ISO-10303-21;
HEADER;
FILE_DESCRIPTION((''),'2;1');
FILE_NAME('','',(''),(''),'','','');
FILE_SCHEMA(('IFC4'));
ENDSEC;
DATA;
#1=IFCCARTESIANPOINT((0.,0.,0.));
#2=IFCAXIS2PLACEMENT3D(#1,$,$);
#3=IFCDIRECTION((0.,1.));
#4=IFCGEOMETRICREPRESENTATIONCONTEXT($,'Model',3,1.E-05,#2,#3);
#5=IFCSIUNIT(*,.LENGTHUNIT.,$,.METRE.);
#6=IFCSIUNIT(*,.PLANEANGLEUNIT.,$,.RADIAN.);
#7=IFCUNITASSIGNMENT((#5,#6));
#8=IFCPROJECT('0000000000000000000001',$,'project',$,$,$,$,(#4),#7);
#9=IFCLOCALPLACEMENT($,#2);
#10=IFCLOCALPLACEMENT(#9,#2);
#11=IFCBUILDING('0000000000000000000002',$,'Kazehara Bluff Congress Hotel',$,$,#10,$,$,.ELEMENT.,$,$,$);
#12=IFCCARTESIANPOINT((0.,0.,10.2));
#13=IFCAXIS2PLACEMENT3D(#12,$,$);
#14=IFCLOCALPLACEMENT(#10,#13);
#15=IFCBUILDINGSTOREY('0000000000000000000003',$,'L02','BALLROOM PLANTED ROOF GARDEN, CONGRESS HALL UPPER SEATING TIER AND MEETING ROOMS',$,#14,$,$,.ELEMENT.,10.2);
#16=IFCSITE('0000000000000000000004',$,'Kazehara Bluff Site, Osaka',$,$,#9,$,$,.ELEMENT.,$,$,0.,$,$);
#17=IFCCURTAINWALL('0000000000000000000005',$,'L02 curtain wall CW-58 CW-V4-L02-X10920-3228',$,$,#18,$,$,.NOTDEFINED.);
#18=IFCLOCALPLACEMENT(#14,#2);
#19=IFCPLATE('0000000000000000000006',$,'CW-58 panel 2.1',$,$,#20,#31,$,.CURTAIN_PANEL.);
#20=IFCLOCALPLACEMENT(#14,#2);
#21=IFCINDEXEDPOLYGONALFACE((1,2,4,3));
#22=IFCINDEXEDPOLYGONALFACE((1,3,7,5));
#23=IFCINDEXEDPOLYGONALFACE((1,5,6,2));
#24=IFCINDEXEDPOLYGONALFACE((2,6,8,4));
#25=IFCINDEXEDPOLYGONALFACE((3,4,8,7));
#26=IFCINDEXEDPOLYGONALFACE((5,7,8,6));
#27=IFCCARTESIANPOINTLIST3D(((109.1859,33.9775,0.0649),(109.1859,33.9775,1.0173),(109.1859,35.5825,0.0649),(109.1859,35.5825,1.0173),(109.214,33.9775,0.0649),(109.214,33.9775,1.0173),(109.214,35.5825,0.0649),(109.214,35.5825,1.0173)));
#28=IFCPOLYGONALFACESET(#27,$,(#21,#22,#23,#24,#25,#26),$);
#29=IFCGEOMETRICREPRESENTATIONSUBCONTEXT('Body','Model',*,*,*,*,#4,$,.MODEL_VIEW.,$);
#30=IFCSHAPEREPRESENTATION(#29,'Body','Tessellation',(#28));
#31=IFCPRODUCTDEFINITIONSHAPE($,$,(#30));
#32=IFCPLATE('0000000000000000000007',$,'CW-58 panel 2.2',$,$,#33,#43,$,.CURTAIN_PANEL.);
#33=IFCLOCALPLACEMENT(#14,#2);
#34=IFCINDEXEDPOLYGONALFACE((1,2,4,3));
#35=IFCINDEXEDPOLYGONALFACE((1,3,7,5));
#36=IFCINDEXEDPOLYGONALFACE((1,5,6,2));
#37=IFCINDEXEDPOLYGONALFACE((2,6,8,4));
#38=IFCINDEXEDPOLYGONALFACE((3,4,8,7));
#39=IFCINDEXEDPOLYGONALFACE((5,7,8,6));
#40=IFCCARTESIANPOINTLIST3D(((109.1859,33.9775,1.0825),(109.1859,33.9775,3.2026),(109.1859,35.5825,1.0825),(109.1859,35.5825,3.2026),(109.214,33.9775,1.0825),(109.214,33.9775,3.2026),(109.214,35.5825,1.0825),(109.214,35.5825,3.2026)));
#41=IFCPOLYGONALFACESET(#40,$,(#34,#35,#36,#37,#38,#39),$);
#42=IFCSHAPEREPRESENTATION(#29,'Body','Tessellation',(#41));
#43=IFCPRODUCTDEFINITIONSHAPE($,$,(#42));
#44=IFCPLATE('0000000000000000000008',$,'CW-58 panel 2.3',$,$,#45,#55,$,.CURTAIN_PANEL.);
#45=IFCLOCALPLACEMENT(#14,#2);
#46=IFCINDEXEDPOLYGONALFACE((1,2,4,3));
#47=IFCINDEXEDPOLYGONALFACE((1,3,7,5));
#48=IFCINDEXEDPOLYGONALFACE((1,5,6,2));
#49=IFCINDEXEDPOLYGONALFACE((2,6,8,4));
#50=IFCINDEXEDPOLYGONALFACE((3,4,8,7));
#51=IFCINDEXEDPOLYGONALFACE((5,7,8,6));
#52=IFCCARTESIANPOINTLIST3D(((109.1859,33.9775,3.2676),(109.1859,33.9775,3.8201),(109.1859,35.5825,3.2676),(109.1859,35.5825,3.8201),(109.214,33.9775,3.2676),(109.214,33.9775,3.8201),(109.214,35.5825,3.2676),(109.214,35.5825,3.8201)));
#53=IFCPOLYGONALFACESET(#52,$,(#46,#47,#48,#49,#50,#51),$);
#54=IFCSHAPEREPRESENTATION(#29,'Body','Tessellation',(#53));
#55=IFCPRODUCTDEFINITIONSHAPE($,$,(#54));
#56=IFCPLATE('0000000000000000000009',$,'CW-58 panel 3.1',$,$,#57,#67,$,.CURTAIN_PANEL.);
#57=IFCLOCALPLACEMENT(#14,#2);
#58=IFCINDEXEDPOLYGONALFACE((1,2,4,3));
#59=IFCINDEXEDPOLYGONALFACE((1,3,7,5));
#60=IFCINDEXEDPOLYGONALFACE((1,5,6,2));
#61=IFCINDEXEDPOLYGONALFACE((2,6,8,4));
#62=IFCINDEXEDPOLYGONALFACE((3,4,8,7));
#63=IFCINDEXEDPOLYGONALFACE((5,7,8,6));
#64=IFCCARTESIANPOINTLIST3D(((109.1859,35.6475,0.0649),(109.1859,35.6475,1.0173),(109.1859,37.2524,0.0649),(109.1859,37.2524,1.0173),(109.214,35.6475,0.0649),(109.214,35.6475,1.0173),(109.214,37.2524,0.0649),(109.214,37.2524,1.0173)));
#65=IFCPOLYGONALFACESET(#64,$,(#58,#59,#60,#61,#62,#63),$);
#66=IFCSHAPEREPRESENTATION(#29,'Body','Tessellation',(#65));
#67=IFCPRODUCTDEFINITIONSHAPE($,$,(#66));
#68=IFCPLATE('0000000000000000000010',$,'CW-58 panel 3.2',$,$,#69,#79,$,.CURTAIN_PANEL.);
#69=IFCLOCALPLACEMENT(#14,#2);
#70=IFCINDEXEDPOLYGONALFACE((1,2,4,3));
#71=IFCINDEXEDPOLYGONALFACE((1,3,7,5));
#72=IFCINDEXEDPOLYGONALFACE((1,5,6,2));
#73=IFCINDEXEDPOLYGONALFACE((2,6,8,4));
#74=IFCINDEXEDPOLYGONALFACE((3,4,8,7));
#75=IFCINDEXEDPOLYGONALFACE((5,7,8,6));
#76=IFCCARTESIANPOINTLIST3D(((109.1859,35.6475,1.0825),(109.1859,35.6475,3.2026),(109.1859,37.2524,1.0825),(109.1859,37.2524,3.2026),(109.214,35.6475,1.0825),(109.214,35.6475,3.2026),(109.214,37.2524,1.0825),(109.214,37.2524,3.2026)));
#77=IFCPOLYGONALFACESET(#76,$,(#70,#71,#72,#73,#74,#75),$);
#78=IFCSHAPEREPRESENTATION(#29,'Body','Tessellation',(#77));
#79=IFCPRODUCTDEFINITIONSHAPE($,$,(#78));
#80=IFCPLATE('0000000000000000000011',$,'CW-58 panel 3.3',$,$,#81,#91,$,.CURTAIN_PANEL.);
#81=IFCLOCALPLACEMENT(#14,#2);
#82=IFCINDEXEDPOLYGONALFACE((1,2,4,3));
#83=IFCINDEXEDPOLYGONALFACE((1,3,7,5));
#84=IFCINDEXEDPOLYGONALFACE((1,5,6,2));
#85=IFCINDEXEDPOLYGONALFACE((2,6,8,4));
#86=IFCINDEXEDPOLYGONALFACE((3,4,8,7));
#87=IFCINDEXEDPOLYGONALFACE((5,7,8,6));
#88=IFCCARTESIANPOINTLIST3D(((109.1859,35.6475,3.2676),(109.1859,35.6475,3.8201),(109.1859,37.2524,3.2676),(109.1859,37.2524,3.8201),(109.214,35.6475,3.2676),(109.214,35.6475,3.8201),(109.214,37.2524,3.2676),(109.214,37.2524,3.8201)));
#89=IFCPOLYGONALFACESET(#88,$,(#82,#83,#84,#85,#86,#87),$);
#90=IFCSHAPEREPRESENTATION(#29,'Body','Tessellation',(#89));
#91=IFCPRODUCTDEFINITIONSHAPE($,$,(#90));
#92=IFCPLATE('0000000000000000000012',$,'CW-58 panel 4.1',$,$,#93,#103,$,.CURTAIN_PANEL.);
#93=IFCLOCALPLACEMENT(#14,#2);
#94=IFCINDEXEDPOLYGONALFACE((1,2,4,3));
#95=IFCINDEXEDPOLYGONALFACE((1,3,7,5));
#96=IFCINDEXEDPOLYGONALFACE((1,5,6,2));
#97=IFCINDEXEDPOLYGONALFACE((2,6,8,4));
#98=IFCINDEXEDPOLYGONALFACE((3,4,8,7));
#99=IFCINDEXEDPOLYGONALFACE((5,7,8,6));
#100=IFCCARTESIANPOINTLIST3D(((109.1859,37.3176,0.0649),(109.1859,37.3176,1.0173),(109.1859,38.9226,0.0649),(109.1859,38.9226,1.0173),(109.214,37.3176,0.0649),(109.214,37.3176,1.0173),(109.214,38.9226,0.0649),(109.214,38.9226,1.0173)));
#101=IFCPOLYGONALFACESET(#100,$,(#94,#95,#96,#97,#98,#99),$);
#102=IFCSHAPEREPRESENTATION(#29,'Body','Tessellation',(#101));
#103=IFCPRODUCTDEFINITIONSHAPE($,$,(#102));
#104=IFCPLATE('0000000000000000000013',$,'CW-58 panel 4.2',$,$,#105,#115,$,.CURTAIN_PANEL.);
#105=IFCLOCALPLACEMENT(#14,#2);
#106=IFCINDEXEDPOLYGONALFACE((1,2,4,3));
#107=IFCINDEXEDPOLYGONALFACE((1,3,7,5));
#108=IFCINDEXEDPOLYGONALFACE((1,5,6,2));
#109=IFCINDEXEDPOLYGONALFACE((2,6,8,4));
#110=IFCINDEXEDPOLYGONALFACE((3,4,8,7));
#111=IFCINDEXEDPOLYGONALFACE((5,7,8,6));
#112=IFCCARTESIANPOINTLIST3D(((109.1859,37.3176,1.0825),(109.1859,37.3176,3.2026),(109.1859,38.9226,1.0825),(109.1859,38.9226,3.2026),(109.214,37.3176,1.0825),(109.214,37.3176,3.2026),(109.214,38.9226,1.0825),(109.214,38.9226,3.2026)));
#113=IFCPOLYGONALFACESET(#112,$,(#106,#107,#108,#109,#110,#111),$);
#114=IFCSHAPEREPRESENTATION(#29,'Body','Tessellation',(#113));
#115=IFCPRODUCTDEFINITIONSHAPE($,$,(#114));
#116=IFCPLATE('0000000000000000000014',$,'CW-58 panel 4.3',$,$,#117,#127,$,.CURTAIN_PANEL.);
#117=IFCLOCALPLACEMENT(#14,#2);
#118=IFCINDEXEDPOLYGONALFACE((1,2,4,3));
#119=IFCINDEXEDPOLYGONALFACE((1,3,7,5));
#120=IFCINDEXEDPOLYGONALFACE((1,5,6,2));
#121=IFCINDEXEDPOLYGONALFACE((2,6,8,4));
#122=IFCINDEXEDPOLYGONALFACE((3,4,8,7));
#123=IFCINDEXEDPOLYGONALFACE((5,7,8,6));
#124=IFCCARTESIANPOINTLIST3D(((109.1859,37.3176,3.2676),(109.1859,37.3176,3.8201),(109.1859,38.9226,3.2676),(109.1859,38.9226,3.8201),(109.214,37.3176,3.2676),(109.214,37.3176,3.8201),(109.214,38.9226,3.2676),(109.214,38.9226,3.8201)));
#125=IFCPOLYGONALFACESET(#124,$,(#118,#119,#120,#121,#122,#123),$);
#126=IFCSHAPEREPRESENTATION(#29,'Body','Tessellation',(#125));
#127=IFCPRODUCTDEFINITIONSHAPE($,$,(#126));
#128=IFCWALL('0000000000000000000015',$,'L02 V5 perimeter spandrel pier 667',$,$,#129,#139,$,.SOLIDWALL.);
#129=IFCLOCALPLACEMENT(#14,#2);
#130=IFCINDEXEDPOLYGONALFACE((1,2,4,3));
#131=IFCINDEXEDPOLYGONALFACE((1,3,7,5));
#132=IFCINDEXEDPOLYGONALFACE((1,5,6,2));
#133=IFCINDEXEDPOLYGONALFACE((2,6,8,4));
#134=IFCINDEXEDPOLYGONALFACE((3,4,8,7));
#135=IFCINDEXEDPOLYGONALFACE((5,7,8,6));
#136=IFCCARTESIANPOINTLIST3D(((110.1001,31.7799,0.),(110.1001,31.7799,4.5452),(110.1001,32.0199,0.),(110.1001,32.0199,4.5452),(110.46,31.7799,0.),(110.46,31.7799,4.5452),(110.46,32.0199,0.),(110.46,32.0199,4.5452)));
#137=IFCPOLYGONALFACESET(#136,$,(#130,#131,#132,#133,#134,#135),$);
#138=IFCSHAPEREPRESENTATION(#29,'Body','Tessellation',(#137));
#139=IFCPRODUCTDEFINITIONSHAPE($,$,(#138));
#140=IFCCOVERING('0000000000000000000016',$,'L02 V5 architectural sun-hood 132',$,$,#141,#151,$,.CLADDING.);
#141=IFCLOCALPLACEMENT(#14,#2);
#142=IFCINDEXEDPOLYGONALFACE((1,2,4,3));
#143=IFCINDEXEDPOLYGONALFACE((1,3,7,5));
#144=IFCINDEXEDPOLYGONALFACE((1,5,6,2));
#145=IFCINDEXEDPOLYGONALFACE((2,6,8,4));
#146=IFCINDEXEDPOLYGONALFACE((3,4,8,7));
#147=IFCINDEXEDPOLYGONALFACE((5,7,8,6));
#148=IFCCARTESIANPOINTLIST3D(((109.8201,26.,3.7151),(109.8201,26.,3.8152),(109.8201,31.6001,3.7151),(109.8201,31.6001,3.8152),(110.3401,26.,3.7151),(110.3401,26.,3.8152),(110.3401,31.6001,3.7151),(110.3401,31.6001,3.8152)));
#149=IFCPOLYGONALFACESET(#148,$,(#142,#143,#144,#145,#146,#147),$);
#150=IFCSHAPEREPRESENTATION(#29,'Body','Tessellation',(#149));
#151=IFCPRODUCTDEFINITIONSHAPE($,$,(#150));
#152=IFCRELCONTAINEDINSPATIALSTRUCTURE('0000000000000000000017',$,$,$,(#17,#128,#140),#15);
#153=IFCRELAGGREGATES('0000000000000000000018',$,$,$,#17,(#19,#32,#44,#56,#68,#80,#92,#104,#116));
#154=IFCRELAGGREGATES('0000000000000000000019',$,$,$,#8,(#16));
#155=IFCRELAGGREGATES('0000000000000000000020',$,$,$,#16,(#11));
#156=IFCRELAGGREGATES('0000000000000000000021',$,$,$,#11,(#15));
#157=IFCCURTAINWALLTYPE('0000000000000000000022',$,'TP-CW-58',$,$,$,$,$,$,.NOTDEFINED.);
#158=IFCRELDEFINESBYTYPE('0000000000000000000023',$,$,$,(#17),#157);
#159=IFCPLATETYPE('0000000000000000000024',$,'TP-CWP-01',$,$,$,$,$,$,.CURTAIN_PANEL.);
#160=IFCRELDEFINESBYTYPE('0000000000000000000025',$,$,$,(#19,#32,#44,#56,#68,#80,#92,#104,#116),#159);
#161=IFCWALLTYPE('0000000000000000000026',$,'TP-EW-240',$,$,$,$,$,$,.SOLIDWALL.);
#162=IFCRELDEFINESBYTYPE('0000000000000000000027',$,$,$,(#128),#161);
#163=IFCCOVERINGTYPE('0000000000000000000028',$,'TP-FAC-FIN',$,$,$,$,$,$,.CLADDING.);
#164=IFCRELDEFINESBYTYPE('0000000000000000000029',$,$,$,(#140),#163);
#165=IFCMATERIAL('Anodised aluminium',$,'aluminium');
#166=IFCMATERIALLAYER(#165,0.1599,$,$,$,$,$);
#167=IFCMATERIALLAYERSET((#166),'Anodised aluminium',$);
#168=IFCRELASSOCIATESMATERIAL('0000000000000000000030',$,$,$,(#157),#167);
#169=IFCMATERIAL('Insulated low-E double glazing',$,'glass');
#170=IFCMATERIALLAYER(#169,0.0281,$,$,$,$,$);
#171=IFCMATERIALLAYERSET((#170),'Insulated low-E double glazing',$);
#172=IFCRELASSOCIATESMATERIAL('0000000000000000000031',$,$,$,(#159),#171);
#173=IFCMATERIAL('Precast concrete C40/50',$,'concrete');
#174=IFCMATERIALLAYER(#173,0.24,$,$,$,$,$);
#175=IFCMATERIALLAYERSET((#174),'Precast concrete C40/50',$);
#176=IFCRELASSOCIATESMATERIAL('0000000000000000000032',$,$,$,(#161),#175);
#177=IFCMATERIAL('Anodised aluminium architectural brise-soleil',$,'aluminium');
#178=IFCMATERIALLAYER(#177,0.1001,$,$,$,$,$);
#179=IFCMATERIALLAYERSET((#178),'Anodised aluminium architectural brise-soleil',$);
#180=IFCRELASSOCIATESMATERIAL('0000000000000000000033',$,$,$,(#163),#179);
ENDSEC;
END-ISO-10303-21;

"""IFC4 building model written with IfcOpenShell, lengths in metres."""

from ifc_helpers import new_model, si_unit, direction, frame, frame_2d, origin, origin_2d, place, context, subcontext, project, spatial, rectangle, extrude, material, layer, layer_set, type_object, element, aggregate, save


model = new_model("IFC4")

# Units and contexts
model_context = context("Model", 3, precision=1e-05, world=origin(), true_north=direction((0.0, 1.0)))
body_context = subcontext(model_context, "Body", "Model", "MODEL_VIEW")
ifc_project = project(units=[si_unit("LENGTHUNIT", "METRE"), si_unit("PLANEANGLEUNIT", "RADIAN")], contexts=[model_context])

# Site, building, storey
site_placement = place(None, origin())
site = spatial("IfcSite", under=ifc_project, at=site_placement, Name="Kazehara Bluff Site, Osaka", CompositionType="ELEMENT", RefElevation=0.0)
building_placement = place(site_placement, origin())
building = spatial("IfcBuilding", under=site, at=building_placement, Name="Kazehara Bluff Congress Hotel", CompositionType="ELEMENT")
storey_placement = place(building_placement, frame((0.0, 0.0, 10.2)))
storey = spatial("IfcBuildingStorey", under=building, at=storey_placement, Name="L02", Description="BALLROOM PLANTED ROOF GARDEN, CONGRESS HALL UPPER SEATING TIER AND MEETING ROOMS", CompositionType="ELEMENT", Elevation=10.2)

# Curtain wall
ifc_material_1 = material(Name="Anodised aluminium", Category="aluminium")
ifc_layer_1 = layer(ifc_material_1, 0.1599)
ifc_layer_set_1 = layer_set([ifc_layer_1], Name="Anodised aluminium")
curtain_wall_type = type_object("IfcCurtainWallType", Name="TP-CW-58", PredefinedType="NOTDEFINED", material=ifc_layer_set_1)
curtain_wall_placement = place(storey_placement, origin())
curtain_wall = element("IfcCurtainWall", 1, at=curtain_wall_placement, inside=storey, type_object=curtain_wall_type, Name="L02 curtain wall CW-58 CW-V4-L02-X10920-3228", PredefinedType="NOTDEFINED")

# Plates
ifc_material_2 = material(Name="Insulated low-E double glazing", Category="glass")
ifc_layer_2 = layer(ifc_material_2, 0.0281)
ifc_layer_set_2 = layer_set([ifc_layer_2], Name="Insulated low-E double glazing")
plate_type = type_object("IfcPlateType", Name="TP-CWP-01", PredefinedType="CURTAIN_PANEL", material=ifc_layer_set_2)
plate_1_placement = place(storey_placement, frame((109.2, 34.78, 0.0649), z_axis=(0.0, 0.0, 1.0), x_axis=(0.0, 1.0, 0.0)))
plate_1 = element("IfcPlate", 2, at=plate_1_placement, type_object=plate_type, Name="CW-58 panel 2.1", PredefinedType="CURTAIN_PANEL", context=body_context, shape_type="SweptSolid", body=[
    extrude(rectangle(XDim=1.605, YDim=0.0281, at=origin_2d()), origin(), (0.0, 0.0, 1.0), 0.9524),
])
plate_2_placement = place(storey_placement, frame((109.2, 34.78, 1.0825), z_axis=(0.0, 0.0, 1.0), x_axis=(0.0, 1.0, 0.0)))
plate_2 = element("IfcPlate", 3, at=plate_2_placement, type_object=plate_type, Name="CW-58 panel 2.2", PredefinedType="CURTAIN_PANEL", context=body_context, shape_type="SweptSolid", body=[
    extrude(rectangle(XDim=1.605, YDim=0.0281, at=origin_2d()), origin(), (0.0, 0.0, 1.0), 2.1201),
])
plate_3_placement = place(storey_placement, frame((109.2, 34.78, 3.2676), z_axis=(0.0, 0.0, 1.0), x_axis=(0.0, 1.0, 0.0)))
plate_3 = element("IfcPlate", 4, at=plate_3_placement, type_object=plate_type, Name="CW-58 panel 2.3", PredefinedType="CURTAIN_PANEL", context=body_context, shape_type="SweptSolid", body=[
    extrude(rectangle(XDim=1.605, YDim=0.0281, at=origin_2d()), origin(), (0.0, 0.0, 1.0), 0.5525),
])
plate_4_placement = place(storey_placement, frame((109.2, 36.45, 0.0649), z_axis=(0.0, 0.0, 1.0), x_axis=(0.0, 1.0, 0.0)))
plate_4 = element("IfcPlate", 5, at=plate_4_placement, type_object=plate_type, Name="CW-58 panel 3.1", PredefinedType="CURTAIN_PANEL", context=body_context, shape_type="SweptSolid", body=[
    extrude(rectangle(XDim=1.605, YDim=0.0281, at=origin_2d()), origin(), (0.0, 0.0, 1.0), 0.9524),
])
plate_5_placement = place(storey_placement, frame((109.2, 36.45, 1.0825), z_axis=(0.0, 0.0, 1.0), x_axis=(0.0, 1.0, 0.0)))
plate_5 = element("IfcPlate", 6, at=plate_5_placement, type_object=plate_type, Name="CW-58 panel 3.2", PredefinedType="CURTAIN_PANEL", context=body_context, shape_type="SweptSolid", body=[
    extrude(rectangle(XDim=1.605, YDim=0.0281, at=origin_2d()), origin(), (0.0, 0.0, 1.0), 2.1201),
])
plate_6_placement = place(storey_placement, frame((109.2, 36.45, 3.2676), z_axis=(0.0, 0.0, 1.0), x_axis=(0.0, 1.0, 0.0)))
plate_6 = element("IfcPlate", 7, at=plate_6_placement, type_object=plate_type, Name="CW-58 panel 3.3", PredefinedType="CURTAIN_PANEL", context=body_context, shape_type="SweptSolid", body=[
    extrude(rectangle(XDim=1.605, YDim=0.0281, at=origin_2d()), origin(), (0.0, 0.0, 1.0), 0.5525),
])
plate_7_placement = place(storey_placement, frame((109.2, 38.1201, 0.0649), z_axis=(0.0, 0.0, 1.0), x_axis=(0.0, 1.0, 0.0)))
plate_7 = element("IfcPlate", 8, at=plate_7_placement, type_object=plate_type, Name="CW-58 panel 4.1", PredefinedType="CURTAIN_PANEL", context=body_context, shape_type="SweptSolid", body=[
    extrude(rectangle(XDim=1.605, YDim=0.0281, at=origin_2d()), origin(), (0.0, 0.0, 1.0), 0.9524),
])
plate_8_placement = place(storey_placement, frame((109.2, 38.1201, 1.0825), z_axis=(0.0, 0.0, 1.0), x_axis=(0.0, 1.0, 0.0)))
plate_8 = element("IfcPlate", 9, at=plate_8_placement, type_object=plate_type, Name="CW-58 panel 4.2", PredefinedType="CURTAIN_PANEL", context=body_context, shape_type="SweptSolid", body=[
    extrude(rectangle(XDim=1.605, YDim=0.0281, at=origin_2d()), origin(), (0.0, 0.0, 1.0), 2.1201),
])
plate_9_placement = place(storey_placement, frame((109.2, 38.1201, 3.2676), z_axis=(0.0, 0.0, 1.0), x_axis=(0.0, 1.0, 0.0)))
plate_9 = element("IfcPlate", 10, at=plate_9_placement, type_object=plate_type, Name="CW-58 panel 4.3", PredefinedType="CURTAIN_PANEL", context=body_context, shape_type="SweptSolid", body=[
    extrude(rectangle(XDim=1.605, YDim=0.0281, at=origin_2d()), origin(), (0.0, 0.0, 1.0), 0.5525),
])
aggregate(curtain_wall, [plate_1, plate_2, plate_3, plate_4, plate_5, plate_6, plate_7, plate_8, plate_9])

# Wall
ifc_material_3 = material(Name="Precast concrete C40/50", Category="concrete")
ifc_layer_3 = layer(ifc_material_3, 0.24)
ifc_layer_set_3 = layer_set([ifc_layer_3], Name="Precast concrete C40/50")
wall_type = type_object("IfcWallType", Name="TP-EW-240", PredefinedType="SOLIDWALL", material=ifc_layer_set_3)
wall_placement = place(storey_placement, frame((110.1001, 31.8999, 0.0), z_axis=(0.0, 0.0, 1.0), x_axis=(1.0, 0.0, 0.0)))
element("IfcWall", 11, at=wall_placement, inside=storey, type_object=wall_type, Name="L02 V5 perimeter spandrel pier 667", PredefinedType="SOLIDWALL", context=body_context, shape_type="SweptSolid", body=[
    extrude(rectangle(XDim=0.3599, YDim=0.24, at=frame_2d((0.1799, 0.0))), origin(), (0.0, 0.0, 1.0), 4.5452),
])

# Covering
ifc_material_4 = material(Name="Anodised aluminium architectural brise-soleil", Category="aluminium")
ifc_layer_4 = layer(ifc_material_4, 0.1001)
ifc_layer_set_4 = layer_set([ifc_layer_4], Name="Anodised aluminium architectural brise-soleil")
covering_type = type_object("IfcCoveringType", Name="TP-FAC-FIN", PredefinedType="CLADDING", material=ifc_layer_set_4)
covering_placement = place(storey_placement, frame((110.0801, 28.8, 3.7151), z_axis=(0.0, 0.0, 1.0), x_axis=(1.0, 0.0, 0.0)))
element("IfcCovering", 12, at=covering_placement, inside=storey, type_object=covering_type, Name="L02 V5 architectural sun-hood 132", PredefinedType="CLADDING", context=body_context, shape_type="SweptSolid", body=[
    extrude(rectangle(XDim=0.52, YDim=5.6001, at=origin_2d()), origin(), (0.0, 0.0, 1.0), 0.1001),
])

save(model, "model.ifc")
